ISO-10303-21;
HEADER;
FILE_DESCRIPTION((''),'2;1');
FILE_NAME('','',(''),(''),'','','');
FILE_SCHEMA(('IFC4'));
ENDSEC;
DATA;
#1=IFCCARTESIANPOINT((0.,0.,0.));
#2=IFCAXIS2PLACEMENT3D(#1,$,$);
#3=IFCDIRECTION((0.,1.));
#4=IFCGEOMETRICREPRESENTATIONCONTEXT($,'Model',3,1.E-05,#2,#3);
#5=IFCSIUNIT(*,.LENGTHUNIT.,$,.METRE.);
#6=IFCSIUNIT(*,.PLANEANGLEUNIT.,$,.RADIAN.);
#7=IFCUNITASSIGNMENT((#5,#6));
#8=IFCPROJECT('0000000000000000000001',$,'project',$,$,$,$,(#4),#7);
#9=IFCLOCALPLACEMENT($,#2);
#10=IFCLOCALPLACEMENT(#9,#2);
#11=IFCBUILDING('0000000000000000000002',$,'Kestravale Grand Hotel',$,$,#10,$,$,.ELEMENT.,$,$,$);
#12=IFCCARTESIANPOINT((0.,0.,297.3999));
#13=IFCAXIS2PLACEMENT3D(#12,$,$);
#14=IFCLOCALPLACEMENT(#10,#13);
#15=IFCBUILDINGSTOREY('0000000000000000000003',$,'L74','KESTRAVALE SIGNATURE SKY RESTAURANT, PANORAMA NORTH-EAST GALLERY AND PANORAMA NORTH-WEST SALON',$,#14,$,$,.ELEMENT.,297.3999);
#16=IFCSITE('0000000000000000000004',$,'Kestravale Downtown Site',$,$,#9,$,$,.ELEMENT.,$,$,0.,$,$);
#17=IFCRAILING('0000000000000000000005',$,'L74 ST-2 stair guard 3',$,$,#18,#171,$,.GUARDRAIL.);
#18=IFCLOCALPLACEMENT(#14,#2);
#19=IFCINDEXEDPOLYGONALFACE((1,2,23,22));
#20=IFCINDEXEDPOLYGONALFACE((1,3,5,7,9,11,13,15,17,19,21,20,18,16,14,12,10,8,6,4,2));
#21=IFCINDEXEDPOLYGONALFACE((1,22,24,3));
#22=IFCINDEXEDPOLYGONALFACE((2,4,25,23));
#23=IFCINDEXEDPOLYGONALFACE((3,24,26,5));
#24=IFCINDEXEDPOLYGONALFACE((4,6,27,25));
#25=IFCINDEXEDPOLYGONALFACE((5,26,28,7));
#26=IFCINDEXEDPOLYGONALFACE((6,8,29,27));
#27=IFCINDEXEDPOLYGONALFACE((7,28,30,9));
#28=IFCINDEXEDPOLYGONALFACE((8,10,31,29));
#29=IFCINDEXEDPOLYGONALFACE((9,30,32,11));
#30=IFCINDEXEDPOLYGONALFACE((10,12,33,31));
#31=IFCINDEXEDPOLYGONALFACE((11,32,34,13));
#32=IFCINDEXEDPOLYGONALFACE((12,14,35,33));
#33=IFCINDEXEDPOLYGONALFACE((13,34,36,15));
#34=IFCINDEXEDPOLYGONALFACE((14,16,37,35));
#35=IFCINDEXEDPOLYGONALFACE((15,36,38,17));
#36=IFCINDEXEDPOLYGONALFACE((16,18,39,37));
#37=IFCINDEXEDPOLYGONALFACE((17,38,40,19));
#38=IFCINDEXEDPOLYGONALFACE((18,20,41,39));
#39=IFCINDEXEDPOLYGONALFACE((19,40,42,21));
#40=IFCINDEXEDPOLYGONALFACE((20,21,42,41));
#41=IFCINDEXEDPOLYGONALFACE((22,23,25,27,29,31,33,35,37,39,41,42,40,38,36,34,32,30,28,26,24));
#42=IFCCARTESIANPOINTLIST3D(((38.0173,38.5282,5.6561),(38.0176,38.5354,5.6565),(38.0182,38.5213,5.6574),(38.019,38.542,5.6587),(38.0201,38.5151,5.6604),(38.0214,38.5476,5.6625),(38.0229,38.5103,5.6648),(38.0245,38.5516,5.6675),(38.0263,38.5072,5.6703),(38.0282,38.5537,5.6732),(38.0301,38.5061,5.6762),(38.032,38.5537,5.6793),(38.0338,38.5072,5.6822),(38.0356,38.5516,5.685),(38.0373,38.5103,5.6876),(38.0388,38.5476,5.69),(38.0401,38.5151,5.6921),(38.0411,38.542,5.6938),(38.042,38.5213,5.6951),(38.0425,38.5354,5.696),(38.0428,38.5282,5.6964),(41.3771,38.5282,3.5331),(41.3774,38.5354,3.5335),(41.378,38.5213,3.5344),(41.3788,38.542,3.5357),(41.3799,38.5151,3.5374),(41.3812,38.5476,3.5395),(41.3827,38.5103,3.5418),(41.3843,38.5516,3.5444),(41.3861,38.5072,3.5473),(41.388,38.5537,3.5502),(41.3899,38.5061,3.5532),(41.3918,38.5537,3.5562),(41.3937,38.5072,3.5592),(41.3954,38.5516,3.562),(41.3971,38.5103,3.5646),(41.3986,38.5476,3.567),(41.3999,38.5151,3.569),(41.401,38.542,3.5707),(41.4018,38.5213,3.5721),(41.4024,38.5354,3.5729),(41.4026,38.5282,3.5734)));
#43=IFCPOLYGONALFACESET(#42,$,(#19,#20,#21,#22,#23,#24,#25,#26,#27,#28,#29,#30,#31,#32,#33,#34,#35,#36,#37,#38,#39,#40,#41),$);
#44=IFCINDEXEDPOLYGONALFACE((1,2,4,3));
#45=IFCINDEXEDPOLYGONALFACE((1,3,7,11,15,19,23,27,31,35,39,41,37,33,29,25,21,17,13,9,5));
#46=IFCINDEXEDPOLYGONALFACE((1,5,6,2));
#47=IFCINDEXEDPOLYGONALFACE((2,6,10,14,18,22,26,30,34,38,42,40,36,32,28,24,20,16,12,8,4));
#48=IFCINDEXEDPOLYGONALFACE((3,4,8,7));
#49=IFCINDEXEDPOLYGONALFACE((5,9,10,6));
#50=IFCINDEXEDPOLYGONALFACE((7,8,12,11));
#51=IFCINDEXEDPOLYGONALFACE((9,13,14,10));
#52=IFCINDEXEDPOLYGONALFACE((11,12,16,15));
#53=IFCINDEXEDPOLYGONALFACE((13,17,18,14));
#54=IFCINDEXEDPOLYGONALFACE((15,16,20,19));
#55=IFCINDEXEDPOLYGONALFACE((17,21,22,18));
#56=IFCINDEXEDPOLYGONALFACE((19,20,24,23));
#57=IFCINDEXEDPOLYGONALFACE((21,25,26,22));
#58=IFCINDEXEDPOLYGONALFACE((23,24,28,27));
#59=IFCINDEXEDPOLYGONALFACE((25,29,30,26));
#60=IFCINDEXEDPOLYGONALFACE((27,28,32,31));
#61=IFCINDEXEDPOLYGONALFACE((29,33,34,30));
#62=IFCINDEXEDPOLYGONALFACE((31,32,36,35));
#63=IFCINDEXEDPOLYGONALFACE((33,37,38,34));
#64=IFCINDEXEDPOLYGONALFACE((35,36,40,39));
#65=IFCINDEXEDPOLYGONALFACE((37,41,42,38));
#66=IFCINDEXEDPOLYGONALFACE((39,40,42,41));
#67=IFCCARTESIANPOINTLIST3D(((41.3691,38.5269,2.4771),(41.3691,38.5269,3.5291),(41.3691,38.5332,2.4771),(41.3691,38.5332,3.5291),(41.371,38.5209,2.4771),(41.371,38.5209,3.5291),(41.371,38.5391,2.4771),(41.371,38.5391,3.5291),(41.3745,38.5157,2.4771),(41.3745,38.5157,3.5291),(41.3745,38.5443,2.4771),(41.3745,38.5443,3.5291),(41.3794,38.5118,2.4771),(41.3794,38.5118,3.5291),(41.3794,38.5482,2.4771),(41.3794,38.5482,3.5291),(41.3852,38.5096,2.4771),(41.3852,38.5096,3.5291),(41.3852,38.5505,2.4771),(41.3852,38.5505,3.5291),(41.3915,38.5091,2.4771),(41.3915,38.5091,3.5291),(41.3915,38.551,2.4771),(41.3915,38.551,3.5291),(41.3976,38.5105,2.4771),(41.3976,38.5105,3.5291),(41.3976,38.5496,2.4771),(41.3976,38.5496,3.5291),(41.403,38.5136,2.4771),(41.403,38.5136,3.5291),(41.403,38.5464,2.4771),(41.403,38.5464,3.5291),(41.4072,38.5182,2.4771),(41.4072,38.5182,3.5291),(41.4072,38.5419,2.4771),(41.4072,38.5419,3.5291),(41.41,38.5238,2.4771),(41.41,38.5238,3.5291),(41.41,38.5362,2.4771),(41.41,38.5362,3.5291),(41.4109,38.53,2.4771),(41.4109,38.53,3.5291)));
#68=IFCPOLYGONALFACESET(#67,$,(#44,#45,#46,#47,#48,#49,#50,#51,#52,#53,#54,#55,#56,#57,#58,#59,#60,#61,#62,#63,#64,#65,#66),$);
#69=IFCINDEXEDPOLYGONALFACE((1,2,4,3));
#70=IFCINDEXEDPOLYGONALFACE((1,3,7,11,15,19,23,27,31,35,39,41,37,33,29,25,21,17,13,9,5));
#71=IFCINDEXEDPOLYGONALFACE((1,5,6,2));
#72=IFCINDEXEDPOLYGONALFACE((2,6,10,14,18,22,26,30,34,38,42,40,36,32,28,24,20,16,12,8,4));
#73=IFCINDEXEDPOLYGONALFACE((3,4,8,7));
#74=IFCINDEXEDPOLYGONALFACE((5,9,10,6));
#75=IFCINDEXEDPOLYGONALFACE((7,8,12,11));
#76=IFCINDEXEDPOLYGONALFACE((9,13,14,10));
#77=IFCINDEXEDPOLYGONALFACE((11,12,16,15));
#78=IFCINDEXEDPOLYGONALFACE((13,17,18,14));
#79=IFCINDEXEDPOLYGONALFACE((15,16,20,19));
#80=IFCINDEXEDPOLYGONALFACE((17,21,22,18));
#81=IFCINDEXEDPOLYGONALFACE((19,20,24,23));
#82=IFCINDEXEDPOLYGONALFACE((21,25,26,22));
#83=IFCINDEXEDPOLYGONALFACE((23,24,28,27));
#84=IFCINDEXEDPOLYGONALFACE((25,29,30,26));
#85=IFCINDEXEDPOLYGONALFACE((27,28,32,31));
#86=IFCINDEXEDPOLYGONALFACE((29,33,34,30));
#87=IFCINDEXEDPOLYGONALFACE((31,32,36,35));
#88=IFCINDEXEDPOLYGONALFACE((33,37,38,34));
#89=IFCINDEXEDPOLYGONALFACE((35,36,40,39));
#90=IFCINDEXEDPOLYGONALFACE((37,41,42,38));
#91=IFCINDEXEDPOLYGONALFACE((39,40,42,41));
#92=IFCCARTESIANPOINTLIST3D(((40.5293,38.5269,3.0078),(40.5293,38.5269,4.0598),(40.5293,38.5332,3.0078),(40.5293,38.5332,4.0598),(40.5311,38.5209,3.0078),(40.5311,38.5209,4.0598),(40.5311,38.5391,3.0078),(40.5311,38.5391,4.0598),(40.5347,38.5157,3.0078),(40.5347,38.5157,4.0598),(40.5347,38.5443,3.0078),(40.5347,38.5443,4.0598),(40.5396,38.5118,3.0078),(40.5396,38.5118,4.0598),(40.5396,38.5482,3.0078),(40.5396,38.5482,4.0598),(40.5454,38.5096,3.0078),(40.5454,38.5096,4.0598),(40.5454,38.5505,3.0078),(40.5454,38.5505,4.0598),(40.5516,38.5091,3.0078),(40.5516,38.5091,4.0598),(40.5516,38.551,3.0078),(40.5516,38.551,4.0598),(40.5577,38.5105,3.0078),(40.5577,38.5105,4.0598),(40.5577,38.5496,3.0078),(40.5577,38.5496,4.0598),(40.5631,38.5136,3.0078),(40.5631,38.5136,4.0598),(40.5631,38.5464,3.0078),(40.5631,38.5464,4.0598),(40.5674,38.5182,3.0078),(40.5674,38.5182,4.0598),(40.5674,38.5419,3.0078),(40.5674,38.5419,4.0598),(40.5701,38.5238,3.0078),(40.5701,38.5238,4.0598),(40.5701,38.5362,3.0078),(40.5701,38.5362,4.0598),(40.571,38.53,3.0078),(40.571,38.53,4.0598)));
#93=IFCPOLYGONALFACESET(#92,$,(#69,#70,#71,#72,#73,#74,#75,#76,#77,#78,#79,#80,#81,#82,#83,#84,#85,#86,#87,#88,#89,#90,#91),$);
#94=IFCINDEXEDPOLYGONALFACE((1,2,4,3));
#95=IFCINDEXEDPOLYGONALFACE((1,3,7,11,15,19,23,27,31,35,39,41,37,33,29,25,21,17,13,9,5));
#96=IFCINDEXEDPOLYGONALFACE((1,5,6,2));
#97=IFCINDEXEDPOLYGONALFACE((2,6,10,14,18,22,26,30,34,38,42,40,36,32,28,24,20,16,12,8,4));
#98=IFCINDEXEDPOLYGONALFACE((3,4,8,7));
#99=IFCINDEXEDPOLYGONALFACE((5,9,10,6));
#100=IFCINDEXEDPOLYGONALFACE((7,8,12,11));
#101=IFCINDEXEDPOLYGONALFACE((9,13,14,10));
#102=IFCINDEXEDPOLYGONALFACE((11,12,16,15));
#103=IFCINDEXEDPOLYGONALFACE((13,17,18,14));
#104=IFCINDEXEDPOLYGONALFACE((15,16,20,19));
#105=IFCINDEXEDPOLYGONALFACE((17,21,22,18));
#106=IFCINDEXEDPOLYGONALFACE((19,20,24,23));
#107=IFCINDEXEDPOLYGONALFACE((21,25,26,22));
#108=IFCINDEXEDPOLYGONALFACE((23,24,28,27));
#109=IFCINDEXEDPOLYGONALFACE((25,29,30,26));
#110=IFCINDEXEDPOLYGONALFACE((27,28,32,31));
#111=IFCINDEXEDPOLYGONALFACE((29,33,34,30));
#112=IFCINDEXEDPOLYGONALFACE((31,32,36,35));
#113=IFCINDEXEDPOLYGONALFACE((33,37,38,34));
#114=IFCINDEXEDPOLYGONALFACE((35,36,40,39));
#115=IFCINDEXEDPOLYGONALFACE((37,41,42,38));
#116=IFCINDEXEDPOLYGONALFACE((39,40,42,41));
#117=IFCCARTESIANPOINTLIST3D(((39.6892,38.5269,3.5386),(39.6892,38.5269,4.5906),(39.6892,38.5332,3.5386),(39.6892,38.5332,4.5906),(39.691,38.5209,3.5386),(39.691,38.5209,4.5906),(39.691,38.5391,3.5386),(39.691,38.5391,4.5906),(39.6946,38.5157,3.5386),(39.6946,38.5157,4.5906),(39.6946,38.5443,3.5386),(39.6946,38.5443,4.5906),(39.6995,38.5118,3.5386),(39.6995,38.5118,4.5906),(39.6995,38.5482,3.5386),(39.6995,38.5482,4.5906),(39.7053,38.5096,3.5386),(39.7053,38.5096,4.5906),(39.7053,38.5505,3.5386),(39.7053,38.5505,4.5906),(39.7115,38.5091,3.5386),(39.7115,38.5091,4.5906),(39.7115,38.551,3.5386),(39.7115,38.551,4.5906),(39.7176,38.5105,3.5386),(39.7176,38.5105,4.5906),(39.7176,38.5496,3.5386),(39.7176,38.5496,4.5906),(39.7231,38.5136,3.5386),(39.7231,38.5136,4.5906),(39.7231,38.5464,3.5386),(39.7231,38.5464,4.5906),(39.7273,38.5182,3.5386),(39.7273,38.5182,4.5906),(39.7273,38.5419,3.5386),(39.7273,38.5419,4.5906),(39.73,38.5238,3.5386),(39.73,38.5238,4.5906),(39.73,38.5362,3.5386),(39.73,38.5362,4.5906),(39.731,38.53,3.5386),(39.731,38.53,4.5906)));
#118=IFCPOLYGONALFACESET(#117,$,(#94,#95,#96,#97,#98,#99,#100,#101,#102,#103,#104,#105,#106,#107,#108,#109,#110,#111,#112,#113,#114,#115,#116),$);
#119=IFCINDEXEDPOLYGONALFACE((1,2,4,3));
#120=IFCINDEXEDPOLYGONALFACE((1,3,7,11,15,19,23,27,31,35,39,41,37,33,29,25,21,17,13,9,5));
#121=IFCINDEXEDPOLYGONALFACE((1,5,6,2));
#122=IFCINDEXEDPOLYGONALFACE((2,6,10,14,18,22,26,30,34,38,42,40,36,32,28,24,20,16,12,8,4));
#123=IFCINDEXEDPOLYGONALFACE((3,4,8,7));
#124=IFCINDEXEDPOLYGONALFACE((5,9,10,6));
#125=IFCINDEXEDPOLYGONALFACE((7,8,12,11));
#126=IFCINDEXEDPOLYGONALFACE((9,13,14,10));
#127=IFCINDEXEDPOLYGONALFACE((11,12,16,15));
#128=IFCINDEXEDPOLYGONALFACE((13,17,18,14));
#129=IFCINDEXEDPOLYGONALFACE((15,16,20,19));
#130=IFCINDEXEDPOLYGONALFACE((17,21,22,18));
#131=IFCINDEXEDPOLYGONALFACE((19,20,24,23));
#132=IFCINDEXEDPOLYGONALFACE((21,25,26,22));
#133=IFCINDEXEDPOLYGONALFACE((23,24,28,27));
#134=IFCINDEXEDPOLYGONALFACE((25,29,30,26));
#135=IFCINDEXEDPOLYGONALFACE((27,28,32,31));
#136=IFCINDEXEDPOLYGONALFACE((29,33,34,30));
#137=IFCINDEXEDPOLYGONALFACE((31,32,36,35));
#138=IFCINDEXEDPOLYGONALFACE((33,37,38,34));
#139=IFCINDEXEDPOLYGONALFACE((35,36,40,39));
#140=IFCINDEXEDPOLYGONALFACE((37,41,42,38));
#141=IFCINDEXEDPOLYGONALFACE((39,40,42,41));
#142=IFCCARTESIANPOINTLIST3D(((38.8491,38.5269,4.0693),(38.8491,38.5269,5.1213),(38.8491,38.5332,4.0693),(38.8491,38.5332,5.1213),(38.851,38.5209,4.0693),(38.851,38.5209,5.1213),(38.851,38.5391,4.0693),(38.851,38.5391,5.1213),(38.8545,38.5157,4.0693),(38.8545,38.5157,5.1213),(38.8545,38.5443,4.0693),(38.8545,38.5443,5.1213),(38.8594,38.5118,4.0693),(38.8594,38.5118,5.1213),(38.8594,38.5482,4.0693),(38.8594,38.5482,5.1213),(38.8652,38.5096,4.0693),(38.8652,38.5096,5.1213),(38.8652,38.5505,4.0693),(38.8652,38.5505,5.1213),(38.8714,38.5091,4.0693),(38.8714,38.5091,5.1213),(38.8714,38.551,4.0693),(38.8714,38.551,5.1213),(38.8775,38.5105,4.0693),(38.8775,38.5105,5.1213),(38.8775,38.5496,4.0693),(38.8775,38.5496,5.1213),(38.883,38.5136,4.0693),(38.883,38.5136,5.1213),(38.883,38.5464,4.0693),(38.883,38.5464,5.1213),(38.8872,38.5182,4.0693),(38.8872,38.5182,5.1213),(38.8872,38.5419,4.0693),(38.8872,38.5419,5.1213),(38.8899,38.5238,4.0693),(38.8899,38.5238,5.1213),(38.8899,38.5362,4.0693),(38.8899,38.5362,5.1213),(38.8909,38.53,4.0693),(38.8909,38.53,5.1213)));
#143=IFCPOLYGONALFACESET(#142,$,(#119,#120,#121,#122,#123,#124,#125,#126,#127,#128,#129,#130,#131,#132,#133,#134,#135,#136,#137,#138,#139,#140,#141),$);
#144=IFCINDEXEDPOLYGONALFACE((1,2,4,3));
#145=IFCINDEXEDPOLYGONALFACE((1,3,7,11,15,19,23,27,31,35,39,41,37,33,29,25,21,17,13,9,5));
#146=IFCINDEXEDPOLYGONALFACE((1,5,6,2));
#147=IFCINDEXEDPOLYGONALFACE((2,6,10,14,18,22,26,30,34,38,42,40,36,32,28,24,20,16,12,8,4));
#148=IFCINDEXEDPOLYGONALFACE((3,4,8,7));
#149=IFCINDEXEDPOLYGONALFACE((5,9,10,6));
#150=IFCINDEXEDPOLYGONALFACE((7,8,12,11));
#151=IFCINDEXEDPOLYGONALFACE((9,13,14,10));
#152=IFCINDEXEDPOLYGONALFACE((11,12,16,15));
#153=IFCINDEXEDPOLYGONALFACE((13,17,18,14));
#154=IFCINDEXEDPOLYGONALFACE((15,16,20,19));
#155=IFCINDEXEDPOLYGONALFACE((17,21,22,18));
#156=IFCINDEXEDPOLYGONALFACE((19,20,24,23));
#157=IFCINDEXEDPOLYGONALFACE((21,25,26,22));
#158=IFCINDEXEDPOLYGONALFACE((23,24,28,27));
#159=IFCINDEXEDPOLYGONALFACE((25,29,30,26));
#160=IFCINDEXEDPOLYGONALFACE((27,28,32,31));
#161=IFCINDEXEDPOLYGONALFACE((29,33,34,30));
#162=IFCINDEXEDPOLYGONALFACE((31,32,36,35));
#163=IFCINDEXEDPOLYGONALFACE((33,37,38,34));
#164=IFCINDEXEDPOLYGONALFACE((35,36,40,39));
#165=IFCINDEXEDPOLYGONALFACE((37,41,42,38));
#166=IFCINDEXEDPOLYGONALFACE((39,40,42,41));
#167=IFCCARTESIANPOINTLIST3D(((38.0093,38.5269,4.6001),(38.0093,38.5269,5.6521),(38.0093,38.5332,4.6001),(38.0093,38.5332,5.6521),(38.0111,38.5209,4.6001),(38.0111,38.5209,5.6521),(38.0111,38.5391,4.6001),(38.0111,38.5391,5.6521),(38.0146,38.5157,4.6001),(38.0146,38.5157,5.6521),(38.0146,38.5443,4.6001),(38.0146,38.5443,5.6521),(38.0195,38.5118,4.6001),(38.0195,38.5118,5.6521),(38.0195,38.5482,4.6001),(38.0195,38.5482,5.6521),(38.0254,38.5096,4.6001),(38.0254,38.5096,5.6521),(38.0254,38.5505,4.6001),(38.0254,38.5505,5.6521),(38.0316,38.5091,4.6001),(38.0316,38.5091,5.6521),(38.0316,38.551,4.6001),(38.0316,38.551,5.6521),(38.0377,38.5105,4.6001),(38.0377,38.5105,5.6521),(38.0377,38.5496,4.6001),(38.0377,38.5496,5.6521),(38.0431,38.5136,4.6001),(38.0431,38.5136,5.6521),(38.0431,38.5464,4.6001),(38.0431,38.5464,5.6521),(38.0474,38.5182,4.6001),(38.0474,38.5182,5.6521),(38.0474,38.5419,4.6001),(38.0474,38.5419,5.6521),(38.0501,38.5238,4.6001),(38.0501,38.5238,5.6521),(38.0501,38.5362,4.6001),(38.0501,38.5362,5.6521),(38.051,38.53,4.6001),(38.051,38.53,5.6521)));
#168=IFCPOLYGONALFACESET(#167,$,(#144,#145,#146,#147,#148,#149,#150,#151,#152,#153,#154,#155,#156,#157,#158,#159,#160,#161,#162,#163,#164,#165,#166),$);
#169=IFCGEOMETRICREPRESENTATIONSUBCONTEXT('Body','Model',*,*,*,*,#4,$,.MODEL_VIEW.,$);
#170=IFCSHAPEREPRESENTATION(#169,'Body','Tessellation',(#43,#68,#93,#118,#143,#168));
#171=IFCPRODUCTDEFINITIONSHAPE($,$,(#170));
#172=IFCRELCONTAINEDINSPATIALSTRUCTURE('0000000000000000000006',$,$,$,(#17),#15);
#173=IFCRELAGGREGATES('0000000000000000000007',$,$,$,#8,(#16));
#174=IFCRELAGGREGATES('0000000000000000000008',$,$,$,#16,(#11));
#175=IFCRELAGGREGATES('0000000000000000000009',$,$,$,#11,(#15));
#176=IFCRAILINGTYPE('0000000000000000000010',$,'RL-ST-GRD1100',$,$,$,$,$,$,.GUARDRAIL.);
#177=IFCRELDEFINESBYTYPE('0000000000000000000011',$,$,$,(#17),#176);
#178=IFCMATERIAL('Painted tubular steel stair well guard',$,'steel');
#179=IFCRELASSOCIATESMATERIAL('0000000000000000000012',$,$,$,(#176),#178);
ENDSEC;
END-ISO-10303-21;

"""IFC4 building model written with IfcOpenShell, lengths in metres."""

from ifc_helpers import new_model, si_unit, direction, frame, origin, origin_2d, place, context, subcontext, project, spatial, circle, extrude, material, type_object, element, save


model = new_model("IFC4")

# Units and contexts
model_context = context("Model", 3, precision=1e-05, world=origin(), true_north=direction((0.0, 1.0)))
body_context = subcontext(model_context, "Body", "Model", "MODEL_VIEW")
ifc_project = project(units=[si_unit("LENGTHUNIT", "METRE"), si_unit("PLANEANGLEUNIT", "RADIAN")], contexts=[model_context])

# Site, building, storey
site_placement = place(None, origin())
site = spatial("IfcSite", under=ifc_project, at=site_placement, Name="Kestravale Downtown Site", CompositionType="ELEMENT", RefElevation=0.0)
building_placement = place(site_placement, origin())
building = spatial("IfcBuilding", under=site, at=building_placement, Name="Kestravale Grand Hotel", CompositionType="ELEMENT")
storey_placement = place(building_placement, frame((0.0, 0.0, 297.3999)))
storey = spatial("IfcBuildingStorey", under=building, at=storey_placement, Name="L74", Description="KESTRAVALE SIGNATURE SKY RESTAURANT, PANORAMA NORTH-EAST GALLERY AND PANORAMA NORTH-WEST SALON", CompositionType="ELEMENT", Elevation=297.3999)

# Railing
ifc_material_1 = material(Name="Painted tubular steel stair well guard", Category="steel")
railing_type_1 = type_object("IfcRailingType", Name="RL-ST-GRD1100", PredefinedType="GUARDRAIL", material=ifc_material_1)
railing_1_placement = place(storey_placement, frame((41.3899, 38.53, 2.4771)))
element("IfcRailing", 1, at=railing_1_placement, inside=storey, type_object=railing_type_1, Name="L74 ST-2 stair guard 3", PredefinedType="GUARDRAIL", context=body_context, shape_type="SweptSolid", body=[
    extrude(circle(Radius=0.0239, at=origin_2d()), frame((0.0, 0.0, 1.0762), z_axis=(-0.845372, 0.0, 0.534178), x_axis=(0.0, -1.0, 0.0)), (0.0, 0.0, 1.0), 3.9744),
    extrude(circle(Radius=0.021, at=origin_2d()), origin(), (0.0, 0.0, 1.0), 1.052),
    extrude(circle(Radius=0.021, at=origin_2d()), frame((-0.8398, 0.0, 0.5308)), (0.0, 0.0, 1.0), 1.052),
    extrude(circle(Radius=0.021, at=origin_2d()), frame((-1.6799, 0.0, 1.0615)), (0.0, 0.0, 1.0), 1.052),
    extrude(circle(Radius=0.021, at=origin_2d()), frame((-2.52, 0.0, 1.5923)), (0.0, 0.0, 1.0), 1.052),
    extrude(circle(Radius=0.021, at=origin_2d()), frame((-3.3599, 0.0, 2.123)), (0.0, 0.0, 1.0), 1.052),
])

save(model, "model.ifc")
